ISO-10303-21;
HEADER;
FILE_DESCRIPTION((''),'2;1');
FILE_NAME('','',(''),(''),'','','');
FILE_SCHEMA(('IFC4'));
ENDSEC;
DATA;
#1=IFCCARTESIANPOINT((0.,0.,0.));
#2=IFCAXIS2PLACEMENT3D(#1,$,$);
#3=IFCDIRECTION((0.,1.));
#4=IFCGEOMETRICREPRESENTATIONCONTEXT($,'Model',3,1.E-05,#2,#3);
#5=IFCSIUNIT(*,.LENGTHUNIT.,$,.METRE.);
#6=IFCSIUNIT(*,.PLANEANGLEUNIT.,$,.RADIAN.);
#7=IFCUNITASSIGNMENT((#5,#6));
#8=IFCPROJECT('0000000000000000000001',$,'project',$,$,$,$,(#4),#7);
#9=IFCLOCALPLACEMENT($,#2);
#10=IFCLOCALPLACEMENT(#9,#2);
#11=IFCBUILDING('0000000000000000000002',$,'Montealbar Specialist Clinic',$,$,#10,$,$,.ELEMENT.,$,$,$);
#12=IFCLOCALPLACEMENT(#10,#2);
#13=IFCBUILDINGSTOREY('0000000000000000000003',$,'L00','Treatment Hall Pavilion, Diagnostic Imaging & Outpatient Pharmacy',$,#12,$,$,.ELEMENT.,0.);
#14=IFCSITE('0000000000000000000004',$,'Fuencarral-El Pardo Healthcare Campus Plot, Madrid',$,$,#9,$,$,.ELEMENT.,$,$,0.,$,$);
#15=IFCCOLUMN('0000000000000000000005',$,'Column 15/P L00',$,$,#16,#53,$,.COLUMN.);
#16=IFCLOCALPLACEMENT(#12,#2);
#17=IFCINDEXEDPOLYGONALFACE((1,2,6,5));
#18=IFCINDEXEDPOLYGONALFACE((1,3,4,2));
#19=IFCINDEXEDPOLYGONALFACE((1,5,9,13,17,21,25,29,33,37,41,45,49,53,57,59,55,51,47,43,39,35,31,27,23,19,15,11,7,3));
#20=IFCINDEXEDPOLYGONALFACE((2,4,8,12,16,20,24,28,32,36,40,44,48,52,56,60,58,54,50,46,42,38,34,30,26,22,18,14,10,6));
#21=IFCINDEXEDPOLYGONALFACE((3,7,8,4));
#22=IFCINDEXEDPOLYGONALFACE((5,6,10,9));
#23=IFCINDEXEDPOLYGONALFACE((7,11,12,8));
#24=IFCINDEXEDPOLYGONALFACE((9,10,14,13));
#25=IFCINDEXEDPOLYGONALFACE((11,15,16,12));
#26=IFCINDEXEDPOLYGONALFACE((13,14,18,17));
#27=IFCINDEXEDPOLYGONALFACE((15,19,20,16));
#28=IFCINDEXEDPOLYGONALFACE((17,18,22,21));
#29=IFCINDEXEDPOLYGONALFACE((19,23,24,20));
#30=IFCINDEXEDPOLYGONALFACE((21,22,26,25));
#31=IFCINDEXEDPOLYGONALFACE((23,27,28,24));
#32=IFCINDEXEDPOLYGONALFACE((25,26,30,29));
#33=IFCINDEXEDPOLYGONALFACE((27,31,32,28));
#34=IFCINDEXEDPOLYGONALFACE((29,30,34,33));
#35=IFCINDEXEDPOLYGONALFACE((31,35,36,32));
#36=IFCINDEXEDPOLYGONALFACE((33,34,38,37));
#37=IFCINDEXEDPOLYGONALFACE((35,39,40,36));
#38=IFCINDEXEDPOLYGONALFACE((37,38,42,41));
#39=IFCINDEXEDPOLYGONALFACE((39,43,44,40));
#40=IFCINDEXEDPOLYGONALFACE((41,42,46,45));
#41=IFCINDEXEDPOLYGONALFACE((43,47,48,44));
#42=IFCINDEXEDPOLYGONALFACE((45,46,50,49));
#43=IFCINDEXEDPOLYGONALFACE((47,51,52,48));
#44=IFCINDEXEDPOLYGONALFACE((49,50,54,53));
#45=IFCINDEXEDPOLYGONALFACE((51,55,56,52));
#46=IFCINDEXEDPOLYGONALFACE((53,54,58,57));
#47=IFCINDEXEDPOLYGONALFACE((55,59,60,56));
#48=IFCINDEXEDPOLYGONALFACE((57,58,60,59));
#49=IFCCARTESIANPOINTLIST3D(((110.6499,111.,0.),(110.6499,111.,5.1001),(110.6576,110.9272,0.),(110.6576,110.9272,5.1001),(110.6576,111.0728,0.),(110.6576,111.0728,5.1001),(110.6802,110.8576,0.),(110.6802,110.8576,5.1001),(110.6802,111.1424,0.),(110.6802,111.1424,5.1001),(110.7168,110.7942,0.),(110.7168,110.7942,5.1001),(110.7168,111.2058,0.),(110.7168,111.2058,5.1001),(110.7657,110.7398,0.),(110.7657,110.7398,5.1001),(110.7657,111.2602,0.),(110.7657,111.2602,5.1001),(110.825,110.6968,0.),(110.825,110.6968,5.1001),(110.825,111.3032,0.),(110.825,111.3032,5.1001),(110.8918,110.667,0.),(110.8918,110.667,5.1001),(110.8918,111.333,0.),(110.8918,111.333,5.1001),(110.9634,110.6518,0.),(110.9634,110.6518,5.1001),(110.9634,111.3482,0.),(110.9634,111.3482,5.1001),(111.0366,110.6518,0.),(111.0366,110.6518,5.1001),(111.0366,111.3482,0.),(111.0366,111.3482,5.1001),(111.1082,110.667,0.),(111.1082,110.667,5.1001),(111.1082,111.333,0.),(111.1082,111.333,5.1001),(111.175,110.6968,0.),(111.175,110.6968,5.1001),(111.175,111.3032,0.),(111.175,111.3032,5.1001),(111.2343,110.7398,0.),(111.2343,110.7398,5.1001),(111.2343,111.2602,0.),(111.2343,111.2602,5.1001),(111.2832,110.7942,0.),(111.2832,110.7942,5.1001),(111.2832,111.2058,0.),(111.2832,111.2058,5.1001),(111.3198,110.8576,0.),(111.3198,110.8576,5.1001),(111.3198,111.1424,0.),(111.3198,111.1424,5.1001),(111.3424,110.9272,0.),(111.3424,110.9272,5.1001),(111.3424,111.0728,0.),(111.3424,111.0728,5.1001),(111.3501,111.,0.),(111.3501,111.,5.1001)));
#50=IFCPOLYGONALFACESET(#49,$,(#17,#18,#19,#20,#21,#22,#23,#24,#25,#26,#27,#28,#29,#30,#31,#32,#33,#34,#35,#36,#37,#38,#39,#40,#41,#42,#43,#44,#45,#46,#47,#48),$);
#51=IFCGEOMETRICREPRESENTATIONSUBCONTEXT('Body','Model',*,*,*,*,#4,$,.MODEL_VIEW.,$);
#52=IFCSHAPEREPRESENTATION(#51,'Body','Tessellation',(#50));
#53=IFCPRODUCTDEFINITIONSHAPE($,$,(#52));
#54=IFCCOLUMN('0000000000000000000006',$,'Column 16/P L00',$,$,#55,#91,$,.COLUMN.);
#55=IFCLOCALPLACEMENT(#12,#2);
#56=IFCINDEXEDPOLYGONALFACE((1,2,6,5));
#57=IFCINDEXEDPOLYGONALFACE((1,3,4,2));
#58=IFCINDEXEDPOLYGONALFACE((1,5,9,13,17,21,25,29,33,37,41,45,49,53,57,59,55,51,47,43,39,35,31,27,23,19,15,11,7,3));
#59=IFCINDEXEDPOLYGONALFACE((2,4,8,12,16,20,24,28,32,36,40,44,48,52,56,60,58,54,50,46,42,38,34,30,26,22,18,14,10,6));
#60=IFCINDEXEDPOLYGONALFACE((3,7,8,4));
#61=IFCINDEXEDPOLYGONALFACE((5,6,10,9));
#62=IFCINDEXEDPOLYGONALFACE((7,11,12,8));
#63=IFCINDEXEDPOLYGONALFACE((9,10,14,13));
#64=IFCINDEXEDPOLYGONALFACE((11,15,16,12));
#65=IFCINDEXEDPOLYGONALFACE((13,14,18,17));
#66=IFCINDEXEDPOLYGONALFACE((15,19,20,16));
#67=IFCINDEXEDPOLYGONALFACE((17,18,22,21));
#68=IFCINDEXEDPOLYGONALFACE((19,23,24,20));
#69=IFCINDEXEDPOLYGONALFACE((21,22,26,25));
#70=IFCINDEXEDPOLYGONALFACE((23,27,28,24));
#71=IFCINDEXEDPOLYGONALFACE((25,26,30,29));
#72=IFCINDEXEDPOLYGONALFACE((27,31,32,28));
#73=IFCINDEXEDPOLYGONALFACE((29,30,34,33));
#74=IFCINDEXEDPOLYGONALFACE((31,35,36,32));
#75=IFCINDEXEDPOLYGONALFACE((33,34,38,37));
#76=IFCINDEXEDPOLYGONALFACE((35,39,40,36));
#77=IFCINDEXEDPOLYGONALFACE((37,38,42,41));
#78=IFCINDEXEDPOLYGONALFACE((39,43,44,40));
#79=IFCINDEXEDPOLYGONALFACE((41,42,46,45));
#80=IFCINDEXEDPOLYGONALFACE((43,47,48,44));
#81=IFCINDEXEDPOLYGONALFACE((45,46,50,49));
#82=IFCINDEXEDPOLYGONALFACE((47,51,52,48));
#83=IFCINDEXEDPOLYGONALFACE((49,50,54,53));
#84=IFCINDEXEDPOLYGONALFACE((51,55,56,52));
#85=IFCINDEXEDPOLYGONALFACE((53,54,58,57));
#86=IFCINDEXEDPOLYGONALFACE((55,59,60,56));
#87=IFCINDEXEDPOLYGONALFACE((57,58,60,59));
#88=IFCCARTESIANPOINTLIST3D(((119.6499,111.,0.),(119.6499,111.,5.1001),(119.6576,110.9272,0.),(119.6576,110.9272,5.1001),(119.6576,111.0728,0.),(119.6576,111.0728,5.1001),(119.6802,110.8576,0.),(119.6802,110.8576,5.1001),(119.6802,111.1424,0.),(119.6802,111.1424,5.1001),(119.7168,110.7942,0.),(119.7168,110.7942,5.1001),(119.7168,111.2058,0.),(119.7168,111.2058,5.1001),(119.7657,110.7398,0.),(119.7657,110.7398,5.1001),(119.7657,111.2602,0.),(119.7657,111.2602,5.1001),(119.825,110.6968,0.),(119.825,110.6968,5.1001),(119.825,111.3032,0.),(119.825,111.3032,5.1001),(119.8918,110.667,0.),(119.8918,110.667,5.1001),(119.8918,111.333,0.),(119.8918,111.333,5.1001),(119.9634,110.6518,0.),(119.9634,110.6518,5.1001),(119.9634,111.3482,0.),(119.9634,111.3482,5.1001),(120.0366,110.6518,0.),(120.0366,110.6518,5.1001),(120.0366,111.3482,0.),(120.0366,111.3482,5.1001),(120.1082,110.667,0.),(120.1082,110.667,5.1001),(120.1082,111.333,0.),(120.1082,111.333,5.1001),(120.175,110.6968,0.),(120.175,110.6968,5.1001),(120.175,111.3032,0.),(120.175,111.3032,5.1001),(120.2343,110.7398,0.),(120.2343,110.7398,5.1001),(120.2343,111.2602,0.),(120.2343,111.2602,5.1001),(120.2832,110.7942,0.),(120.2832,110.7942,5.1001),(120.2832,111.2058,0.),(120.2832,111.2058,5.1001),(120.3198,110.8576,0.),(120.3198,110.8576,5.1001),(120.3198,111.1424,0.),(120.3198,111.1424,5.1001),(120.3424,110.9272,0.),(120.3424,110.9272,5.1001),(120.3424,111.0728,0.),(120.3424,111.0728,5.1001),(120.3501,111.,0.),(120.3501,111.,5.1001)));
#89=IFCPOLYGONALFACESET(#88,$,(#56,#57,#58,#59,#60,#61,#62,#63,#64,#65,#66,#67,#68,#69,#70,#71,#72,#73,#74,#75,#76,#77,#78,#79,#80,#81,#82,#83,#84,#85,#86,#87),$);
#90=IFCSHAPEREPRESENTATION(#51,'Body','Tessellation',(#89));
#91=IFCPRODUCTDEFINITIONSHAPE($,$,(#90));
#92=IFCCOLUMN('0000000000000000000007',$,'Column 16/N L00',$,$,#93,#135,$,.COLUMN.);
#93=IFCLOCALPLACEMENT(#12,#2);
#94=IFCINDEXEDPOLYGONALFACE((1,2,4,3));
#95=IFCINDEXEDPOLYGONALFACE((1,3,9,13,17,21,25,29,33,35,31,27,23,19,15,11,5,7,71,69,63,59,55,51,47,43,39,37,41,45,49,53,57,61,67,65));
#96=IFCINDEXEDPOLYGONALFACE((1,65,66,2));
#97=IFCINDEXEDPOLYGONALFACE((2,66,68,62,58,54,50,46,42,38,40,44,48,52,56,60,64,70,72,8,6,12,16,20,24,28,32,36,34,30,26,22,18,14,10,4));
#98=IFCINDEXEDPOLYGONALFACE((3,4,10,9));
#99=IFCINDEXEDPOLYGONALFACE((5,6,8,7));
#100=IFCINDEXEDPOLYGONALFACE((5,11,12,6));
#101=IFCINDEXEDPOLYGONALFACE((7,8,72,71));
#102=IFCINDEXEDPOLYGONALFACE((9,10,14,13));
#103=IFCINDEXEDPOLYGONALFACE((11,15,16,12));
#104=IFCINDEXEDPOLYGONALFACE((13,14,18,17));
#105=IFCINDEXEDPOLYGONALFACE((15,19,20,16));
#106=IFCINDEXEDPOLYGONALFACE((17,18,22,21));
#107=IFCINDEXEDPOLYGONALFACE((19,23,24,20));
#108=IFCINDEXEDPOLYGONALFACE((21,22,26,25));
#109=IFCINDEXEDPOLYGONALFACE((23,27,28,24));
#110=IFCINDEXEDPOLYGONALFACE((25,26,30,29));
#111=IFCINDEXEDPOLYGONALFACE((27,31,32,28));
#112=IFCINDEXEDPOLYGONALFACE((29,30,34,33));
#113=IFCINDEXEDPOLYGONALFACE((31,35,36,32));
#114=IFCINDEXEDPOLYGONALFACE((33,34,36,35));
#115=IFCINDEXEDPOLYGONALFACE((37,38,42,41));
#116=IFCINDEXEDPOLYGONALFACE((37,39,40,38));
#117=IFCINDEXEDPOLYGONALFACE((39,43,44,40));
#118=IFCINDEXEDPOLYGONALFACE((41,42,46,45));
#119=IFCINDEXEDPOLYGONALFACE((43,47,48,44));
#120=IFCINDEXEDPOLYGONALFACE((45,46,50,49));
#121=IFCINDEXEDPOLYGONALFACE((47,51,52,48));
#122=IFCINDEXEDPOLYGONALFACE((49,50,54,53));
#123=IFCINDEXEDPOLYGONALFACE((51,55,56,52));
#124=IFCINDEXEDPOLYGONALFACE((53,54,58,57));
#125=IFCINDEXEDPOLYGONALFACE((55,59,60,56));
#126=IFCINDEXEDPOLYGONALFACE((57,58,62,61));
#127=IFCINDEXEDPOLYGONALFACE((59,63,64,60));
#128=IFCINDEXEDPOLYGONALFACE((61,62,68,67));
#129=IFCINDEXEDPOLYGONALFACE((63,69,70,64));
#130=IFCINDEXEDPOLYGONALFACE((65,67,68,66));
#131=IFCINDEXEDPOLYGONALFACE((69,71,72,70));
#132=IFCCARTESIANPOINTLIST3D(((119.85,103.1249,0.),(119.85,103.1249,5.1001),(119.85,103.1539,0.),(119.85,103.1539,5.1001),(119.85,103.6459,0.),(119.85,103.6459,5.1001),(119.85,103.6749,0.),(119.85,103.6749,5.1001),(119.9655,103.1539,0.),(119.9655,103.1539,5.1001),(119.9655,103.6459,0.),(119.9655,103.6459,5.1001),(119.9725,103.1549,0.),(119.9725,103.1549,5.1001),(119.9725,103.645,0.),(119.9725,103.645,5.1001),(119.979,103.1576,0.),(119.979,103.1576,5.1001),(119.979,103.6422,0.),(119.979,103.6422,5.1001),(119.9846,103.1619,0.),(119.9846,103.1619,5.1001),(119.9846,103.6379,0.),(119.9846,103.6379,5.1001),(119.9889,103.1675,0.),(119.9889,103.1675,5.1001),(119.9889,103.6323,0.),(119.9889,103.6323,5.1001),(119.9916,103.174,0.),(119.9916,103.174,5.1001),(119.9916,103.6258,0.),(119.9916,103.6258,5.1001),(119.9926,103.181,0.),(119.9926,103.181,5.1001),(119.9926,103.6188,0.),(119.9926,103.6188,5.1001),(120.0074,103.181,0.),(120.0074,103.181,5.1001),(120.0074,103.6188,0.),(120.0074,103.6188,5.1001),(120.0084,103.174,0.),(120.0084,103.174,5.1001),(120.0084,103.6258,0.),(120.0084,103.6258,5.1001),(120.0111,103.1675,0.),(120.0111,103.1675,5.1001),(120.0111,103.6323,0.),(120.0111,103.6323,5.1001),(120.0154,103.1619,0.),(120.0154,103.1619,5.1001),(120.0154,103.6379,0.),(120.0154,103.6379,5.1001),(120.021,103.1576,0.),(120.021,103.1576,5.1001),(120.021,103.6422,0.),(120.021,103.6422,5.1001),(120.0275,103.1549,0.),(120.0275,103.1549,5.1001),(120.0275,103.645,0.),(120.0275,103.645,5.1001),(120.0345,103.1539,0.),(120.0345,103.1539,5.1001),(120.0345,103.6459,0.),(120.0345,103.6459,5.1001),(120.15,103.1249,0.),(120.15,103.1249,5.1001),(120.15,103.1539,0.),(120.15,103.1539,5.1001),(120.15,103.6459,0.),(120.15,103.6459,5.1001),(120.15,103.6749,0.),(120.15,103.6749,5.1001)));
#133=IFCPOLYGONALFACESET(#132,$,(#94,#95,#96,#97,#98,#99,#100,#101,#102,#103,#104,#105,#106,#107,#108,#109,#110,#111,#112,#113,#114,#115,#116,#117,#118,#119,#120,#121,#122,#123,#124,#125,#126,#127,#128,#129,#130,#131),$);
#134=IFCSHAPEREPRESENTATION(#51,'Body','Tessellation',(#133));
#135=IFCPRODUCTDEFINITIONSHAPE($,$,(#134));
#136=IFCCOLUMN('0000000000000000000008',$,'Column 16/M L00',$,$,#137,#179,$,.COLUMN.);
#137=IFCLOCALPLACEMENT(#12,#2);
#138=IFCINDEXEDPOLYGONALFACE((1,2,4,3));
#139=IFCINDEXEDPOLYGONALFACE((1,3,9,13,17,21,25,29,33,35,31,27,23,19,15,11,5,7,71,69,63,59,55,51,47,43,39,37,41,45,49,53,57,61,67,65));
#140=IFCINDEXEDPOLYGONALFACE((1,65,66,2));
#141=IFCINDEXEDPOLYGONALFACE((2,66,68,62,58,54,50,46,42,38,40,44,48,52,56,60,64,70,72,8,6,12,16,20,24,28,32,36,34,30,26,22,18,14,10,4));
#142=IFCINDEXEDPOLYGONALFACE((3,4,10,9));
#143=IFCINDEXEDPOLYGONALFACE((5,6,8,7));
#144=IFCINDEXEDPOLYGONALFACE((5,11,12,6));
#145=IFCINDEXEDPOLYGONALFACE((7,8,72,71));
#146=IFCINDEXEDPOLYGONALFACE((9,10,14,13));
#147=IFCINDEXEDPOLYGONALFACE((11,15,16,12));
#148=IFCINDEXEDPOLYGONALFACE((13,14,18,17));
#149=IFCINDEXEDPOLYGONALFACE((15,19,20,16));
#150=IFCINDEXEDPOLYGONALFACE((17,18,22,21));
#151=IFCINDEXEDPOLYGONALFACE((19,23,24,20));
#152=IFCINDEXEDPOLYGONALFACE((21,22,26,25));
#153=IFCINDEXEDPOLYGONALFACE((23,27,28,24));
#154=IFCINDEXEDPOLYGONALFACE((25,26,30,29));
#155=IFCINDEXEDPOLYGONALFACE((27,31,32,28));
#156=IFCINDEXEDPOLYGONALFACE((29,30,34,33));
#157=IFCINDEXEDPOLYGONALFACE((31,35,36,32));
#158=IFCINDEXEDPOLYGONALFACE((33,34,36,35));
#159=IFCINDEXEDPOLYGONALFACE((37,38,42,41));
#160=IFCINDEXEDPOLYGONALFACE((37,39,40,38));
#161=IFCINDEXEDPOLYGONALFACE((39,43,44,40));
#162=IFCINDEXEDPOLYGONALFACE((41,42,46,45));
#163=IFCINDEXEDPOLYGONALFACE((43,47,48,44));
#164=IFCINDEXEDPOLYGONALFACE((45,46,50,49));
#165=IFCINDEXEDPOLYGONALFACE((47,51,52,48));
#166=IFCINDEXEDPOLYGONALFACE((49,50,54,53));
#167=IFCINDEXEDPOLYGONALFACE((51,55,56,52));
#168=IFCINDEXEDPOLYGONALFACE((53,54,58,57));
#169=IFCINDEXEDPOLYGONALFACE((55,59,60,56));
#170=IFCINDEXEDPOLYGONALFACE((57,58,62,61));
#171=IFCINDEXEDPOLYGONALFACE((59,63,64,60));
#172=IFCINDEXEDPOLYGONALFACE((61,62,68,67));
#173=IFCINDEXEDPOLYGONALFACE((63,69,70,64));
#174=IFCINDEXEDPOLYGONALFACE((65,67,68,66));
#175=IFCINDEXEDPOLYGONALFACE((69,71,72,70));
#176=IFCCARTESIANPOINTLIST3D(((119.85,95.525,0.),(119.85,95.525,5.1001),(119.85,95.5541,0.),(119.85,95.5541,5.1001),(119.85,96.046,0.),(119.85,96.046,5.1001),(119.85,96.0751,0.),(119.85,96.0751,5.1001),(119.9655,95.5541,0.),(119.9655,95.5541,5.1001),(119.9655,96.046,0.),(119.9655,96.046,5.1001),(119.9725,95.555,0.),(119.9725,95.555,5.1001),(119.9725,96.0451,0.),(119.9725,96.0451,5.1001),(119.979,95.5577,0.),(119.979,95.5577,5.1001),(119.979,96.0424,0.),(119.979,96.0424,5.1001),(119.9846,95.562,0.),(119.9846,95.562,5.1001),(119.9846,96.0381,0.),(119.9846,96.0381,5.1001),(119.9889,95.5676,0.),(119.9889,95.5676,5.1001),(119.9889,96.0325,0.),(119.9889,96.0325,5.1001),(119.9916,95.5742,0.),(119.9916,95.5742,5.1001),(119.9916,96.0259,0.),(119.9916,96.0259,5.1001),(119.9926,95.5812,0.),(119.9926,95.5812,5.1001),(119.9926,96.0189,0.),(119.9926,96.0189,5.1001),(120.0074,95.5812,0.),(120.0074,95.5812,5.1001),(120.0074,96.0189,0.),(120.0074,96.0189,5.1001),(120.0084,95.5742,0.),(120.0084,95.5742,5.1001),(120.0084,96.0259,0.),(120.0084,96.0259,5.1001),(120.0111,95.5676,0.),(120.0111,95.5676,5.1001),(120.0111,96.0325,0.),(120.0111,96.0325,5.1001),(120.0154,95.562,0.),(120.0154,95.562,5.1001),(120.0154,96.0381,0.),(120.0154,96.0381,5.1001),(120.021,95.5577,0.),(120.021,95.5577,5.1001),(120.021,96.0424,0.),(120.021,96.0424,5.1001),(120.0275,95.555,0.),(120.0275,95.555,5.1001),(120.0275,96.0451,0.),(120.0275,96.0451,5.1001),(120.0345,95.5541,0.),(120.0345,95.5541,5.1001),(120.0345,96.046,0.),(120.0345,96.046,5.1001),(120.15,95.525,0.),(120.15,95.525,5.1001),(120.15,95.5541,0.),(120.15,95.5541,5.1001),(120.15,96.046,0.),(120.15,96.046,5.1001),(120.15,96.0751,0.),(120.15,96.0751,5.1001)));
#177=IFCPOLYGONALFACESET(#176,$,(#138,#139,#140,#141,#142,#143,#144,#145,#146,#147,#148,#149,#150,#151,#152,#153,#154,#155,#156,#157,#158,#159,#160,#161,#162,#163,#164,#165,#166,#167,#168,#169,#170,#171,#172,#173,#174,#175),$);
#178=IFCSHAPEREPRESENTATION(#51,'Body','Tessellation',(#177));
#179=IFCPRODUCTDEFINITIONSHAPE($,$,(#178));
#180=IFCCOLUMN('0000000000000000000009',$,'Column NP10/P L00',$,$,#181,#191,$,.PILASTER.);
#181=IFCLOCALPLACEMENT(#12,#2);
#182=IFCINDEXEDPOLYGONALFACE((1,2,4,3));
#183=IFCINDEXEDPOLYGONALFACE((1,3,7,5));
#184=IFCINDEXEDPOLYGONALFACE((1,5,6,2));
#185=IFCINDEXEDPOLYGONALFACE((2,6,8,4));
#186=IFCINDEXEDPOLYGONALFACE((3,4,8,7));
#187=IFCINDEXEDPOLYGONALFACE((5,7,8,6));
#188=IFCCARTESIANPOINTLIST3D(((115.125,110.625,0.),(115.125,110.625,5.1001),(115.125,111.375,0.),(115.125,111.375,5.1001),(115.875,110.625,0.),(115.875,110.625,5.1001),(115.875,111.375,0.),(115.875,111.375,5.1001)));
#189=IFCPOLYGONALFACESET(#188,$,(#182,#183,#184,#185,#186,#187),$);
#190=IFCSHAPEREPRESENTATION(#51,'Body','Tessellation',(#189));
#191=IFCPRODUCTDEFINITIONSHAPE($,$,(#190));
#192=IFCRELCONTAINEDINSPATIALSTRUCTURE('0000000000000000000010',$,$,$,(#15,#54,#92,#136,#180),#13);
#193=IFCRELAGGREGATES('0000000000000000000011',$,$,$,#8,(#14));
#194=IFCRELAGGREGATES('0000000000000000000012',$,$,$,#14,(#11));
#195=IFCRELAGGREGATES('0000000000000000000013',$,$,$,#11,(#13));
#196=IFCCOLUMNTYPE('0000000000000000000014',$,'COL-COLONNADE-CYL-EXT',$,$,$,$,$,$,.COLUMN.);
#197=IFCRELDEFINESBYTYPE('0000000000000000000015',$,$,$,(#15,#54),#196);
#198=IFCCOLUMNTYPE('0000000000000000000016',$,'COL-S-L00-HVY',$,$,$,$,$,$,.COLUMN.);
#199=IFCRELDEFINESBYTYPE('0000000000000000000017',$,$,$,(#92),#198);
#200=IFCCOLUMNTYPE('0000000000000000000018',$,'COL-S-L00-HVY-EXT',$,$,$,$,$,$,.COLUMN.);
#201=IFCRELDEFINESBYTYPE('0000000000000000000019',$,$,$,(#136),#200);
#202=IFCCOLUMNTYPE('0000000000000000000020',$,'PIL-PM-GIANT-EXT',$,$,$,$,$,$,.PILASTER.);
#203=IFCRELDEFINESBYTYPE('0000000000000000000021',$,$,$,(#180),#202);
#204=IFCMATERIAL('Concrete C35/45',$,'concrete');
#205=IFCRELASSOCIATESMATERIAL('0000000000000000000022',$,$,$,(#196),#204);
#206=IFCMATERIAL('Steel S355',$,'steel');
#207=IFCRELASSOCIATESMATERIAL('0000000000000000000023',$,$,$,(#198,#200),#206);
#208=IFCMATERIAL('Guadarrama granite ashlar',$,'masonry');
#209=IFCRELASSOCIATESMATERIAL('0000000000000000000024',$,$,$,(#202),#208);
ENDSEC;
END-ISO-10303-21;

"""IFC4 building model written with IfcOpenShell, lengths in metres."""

from ifc_helpers import new_model, si_unit, direction, frame, origin, origin_2d, place, context, subcontext, project, spatial, rectangle, circle, i_section, extrude, material, material_profile, profile_set, type_object, element, save


model = new_model("IFC4")

# Units and contexts
model_context = context("Model", 3, precision=1e-05, world=origin(), true_north=direction((0.0, 1.0)))
body_context = subcontext(model_context, "Body", "Model", "MODEL_VIEW")
ifc_project = project(units=[si_unit("LENGTHUNIT", "METRE"), si_unit("PLANEANGLEUNIT", "RADIAN")], contexts=[model_context])

# Site, building, storey
site_placement = place(None, origin())
site = spatial("IfcSite", under=ifc_project, at=site_placement, Name="Fuencarral-El Pardo Healthcare Campus Plot, Madrid", CompositionType="ELEMENT", RefElevation=0.0)
building_placement = place(site_placement, origin())
building = spatial("IfcBuilding", under=site, at=building_placement, Name="Montealbar Specialist Clinic", CompositionType="ELEMENT")
storey_placement = place(building_placement, origin())
storey = spatial("IfcBuildingStorey", under=building, at=storey_placement, Name="L00", Description="Treatment Hall Pavilion, Diagnostic Imaging & Outpatient Pharmacy", CompositionType="ELEMENT", Elevation=0.0)

# Columns
ifc_material_1 = material(Name="Concrete C35/45", Category="concrete")
ifc_material_profile_1 = material_profile(ifc_material_1, circle(Radius=0.3501, at=origin_2d()), Name="RC D700", Category="concrete")
ifc_profile_set_1 = profile_set([ifc_material_profile_1], Name="Concrete C35/45")
column_type_1 = type_object("IfcColumnType", Name="COL-COLONNADE-CYL-EXT", PredefinedType="COLUMN", material=ifc_profile_set_1)
for number, where, z_axis, x_axis, name in (
    (1, (111.0, 111.0, 0.0), (0.0, 0.0, 1.0), (1.0, 0.0, 0.0), "Column 15/P L00"),
    (2, (120.0, 111.0, 0.0), (0.0, 0.0, 1.0), (1.0, 0.0, 0.0), "Column 16/P L00"),
):
    element("IfcColumn", number, at=place(storey_placement, frame(where, z_axis=z_axis, x_axis=x_axis)), inside=storey, type_object=column_type_1, Name=name, PredefinedType="COLUMN", context=body_context, shape_type="SweptSolid", body=[
        extrude(circle(Radius=0.3501, at=origin_2d()), origin(), (0.0, 0.0, 1.0), 5.1001),
    ])
ifc_material_2 = material(Name="Steel S355", Category="steel")
ifc_material_profile_2 = material_profile(ifc_material_2, i_section(OverallWidth=0.3, OverallDepth=0.55, WebThickness=0.0149, FlangeThickness=0.0291, FilletRadius=0.0271, at=origin_2d()), Name="HEB 550", Category="steel")
ifc_profile_set_2 = profile_set([ifc_material_profile_2], Name="Steel S355")
column_type_2 = type_object("IfcColumnType", Name="COL-S-L00-HVY", PredefinedType="COLUMN", material=ifc_profile_set_2)
column_1_placement = place(storey_placement, frame((120.0, 103.3999, 0.0), z_axis=(0.0, 0.0, 1.0), x_axis=(1.0, 0.0, 0.0)))
element("IfcColumn", 3, at=column_1_placement, inside=storey, type_object=column_type_2, Name="Column 16/N L00", PredefinedType="COLUMN", context=body_context, shape_type="SweptSolid", body=[
    extrude(i_section(OverallWidth=0.3, OverallDepth=0.55, WebThickness=0.0149, FlangeThickness=0.0291, FilletRadius=0.0271, at=origin_2d()), origin(), (0.0, 0.0, 1.0), 5.1001),
])
ifc_material_profile_3 = material_profile(ifc_material_2, i_section(OverallWidth=0.3, OverallDepth=0.55, WebThickness=0.0149, FlangeThickness=0.0291, FilletRadius=0.0271, at=origin_2d()), Name="HEB 550", Category="steel")
ifc_profile_set_3 = profile_set([ifc_material_profile_3], Name="Steel S355")
column_type_3 = type_object("IfcColumnType", Name="COL-S-L00-HVY-EXT", PredefinedType="COLUMN", material=ifc_profile_set_3)
column_2_placement = place(storey_placement, frame((120.0, 95.8, 0.0), z_axis=(0.0, 0.0, 1.0), x_axis=(1.0, 0.0, 0.0)))
element("IfcColumn", 4, at=column_2_placement, inside=storey, type_object=column_type_3, Name="Column 16/M L00", PredefinedType="COLUMN", context=body_context, shape_type="SweptSolid", body=[
    extrude(i_section(OverallWidth=0.3, OverallDepth=0.55, WebThickness=0.0149, FlangeThickness=0.0291, FilletRadius=0.0271, at=origin_2d()), origin(), (0.0, 0.0, 1.0), 5.1001),
])
ifc_material_3 = material(Name="Guadarrama granite ashlar", Category="masonry")
ifc_material_profile_4 = material_profile(ifc_material_3, rectangle(XDim=0.75, YDim=0.75, at=origin_2d()), Name="GRANITE PILASTER 750x750", Category="masonry")
ifc_profile_set_4 = profile_set([ifc_material_profile_4], Name="Guadarrama granite ashlar")
column_type_4 = type_object("IfcColumnType", Name="PIL-PM-GIANT-EXT", PredefinedType="PILASTER", material=ifc_profile_set_4)
column_3_placement = place(storey_placement, frame((115.5, 111.0, 0.0), z_axis=(0.0, 0.0, 1.0), x_axis=(1.0, 0.0, 0.0)))
element("IfcColumn", 5, at=column_3_placement, inside=storey, type_object=column_type_4, Name="Column NP10/P L00", PredefinedType="PILASTER", context=body_context, shape_type="SweptSolid", body=[
    extrude(rectangle(XDim=0.75, YDim=0.75, at=origin_2d()), origin(), (0.0, 0.0, 1.0), 5.1001),
])

save(model, "model.ifc")
